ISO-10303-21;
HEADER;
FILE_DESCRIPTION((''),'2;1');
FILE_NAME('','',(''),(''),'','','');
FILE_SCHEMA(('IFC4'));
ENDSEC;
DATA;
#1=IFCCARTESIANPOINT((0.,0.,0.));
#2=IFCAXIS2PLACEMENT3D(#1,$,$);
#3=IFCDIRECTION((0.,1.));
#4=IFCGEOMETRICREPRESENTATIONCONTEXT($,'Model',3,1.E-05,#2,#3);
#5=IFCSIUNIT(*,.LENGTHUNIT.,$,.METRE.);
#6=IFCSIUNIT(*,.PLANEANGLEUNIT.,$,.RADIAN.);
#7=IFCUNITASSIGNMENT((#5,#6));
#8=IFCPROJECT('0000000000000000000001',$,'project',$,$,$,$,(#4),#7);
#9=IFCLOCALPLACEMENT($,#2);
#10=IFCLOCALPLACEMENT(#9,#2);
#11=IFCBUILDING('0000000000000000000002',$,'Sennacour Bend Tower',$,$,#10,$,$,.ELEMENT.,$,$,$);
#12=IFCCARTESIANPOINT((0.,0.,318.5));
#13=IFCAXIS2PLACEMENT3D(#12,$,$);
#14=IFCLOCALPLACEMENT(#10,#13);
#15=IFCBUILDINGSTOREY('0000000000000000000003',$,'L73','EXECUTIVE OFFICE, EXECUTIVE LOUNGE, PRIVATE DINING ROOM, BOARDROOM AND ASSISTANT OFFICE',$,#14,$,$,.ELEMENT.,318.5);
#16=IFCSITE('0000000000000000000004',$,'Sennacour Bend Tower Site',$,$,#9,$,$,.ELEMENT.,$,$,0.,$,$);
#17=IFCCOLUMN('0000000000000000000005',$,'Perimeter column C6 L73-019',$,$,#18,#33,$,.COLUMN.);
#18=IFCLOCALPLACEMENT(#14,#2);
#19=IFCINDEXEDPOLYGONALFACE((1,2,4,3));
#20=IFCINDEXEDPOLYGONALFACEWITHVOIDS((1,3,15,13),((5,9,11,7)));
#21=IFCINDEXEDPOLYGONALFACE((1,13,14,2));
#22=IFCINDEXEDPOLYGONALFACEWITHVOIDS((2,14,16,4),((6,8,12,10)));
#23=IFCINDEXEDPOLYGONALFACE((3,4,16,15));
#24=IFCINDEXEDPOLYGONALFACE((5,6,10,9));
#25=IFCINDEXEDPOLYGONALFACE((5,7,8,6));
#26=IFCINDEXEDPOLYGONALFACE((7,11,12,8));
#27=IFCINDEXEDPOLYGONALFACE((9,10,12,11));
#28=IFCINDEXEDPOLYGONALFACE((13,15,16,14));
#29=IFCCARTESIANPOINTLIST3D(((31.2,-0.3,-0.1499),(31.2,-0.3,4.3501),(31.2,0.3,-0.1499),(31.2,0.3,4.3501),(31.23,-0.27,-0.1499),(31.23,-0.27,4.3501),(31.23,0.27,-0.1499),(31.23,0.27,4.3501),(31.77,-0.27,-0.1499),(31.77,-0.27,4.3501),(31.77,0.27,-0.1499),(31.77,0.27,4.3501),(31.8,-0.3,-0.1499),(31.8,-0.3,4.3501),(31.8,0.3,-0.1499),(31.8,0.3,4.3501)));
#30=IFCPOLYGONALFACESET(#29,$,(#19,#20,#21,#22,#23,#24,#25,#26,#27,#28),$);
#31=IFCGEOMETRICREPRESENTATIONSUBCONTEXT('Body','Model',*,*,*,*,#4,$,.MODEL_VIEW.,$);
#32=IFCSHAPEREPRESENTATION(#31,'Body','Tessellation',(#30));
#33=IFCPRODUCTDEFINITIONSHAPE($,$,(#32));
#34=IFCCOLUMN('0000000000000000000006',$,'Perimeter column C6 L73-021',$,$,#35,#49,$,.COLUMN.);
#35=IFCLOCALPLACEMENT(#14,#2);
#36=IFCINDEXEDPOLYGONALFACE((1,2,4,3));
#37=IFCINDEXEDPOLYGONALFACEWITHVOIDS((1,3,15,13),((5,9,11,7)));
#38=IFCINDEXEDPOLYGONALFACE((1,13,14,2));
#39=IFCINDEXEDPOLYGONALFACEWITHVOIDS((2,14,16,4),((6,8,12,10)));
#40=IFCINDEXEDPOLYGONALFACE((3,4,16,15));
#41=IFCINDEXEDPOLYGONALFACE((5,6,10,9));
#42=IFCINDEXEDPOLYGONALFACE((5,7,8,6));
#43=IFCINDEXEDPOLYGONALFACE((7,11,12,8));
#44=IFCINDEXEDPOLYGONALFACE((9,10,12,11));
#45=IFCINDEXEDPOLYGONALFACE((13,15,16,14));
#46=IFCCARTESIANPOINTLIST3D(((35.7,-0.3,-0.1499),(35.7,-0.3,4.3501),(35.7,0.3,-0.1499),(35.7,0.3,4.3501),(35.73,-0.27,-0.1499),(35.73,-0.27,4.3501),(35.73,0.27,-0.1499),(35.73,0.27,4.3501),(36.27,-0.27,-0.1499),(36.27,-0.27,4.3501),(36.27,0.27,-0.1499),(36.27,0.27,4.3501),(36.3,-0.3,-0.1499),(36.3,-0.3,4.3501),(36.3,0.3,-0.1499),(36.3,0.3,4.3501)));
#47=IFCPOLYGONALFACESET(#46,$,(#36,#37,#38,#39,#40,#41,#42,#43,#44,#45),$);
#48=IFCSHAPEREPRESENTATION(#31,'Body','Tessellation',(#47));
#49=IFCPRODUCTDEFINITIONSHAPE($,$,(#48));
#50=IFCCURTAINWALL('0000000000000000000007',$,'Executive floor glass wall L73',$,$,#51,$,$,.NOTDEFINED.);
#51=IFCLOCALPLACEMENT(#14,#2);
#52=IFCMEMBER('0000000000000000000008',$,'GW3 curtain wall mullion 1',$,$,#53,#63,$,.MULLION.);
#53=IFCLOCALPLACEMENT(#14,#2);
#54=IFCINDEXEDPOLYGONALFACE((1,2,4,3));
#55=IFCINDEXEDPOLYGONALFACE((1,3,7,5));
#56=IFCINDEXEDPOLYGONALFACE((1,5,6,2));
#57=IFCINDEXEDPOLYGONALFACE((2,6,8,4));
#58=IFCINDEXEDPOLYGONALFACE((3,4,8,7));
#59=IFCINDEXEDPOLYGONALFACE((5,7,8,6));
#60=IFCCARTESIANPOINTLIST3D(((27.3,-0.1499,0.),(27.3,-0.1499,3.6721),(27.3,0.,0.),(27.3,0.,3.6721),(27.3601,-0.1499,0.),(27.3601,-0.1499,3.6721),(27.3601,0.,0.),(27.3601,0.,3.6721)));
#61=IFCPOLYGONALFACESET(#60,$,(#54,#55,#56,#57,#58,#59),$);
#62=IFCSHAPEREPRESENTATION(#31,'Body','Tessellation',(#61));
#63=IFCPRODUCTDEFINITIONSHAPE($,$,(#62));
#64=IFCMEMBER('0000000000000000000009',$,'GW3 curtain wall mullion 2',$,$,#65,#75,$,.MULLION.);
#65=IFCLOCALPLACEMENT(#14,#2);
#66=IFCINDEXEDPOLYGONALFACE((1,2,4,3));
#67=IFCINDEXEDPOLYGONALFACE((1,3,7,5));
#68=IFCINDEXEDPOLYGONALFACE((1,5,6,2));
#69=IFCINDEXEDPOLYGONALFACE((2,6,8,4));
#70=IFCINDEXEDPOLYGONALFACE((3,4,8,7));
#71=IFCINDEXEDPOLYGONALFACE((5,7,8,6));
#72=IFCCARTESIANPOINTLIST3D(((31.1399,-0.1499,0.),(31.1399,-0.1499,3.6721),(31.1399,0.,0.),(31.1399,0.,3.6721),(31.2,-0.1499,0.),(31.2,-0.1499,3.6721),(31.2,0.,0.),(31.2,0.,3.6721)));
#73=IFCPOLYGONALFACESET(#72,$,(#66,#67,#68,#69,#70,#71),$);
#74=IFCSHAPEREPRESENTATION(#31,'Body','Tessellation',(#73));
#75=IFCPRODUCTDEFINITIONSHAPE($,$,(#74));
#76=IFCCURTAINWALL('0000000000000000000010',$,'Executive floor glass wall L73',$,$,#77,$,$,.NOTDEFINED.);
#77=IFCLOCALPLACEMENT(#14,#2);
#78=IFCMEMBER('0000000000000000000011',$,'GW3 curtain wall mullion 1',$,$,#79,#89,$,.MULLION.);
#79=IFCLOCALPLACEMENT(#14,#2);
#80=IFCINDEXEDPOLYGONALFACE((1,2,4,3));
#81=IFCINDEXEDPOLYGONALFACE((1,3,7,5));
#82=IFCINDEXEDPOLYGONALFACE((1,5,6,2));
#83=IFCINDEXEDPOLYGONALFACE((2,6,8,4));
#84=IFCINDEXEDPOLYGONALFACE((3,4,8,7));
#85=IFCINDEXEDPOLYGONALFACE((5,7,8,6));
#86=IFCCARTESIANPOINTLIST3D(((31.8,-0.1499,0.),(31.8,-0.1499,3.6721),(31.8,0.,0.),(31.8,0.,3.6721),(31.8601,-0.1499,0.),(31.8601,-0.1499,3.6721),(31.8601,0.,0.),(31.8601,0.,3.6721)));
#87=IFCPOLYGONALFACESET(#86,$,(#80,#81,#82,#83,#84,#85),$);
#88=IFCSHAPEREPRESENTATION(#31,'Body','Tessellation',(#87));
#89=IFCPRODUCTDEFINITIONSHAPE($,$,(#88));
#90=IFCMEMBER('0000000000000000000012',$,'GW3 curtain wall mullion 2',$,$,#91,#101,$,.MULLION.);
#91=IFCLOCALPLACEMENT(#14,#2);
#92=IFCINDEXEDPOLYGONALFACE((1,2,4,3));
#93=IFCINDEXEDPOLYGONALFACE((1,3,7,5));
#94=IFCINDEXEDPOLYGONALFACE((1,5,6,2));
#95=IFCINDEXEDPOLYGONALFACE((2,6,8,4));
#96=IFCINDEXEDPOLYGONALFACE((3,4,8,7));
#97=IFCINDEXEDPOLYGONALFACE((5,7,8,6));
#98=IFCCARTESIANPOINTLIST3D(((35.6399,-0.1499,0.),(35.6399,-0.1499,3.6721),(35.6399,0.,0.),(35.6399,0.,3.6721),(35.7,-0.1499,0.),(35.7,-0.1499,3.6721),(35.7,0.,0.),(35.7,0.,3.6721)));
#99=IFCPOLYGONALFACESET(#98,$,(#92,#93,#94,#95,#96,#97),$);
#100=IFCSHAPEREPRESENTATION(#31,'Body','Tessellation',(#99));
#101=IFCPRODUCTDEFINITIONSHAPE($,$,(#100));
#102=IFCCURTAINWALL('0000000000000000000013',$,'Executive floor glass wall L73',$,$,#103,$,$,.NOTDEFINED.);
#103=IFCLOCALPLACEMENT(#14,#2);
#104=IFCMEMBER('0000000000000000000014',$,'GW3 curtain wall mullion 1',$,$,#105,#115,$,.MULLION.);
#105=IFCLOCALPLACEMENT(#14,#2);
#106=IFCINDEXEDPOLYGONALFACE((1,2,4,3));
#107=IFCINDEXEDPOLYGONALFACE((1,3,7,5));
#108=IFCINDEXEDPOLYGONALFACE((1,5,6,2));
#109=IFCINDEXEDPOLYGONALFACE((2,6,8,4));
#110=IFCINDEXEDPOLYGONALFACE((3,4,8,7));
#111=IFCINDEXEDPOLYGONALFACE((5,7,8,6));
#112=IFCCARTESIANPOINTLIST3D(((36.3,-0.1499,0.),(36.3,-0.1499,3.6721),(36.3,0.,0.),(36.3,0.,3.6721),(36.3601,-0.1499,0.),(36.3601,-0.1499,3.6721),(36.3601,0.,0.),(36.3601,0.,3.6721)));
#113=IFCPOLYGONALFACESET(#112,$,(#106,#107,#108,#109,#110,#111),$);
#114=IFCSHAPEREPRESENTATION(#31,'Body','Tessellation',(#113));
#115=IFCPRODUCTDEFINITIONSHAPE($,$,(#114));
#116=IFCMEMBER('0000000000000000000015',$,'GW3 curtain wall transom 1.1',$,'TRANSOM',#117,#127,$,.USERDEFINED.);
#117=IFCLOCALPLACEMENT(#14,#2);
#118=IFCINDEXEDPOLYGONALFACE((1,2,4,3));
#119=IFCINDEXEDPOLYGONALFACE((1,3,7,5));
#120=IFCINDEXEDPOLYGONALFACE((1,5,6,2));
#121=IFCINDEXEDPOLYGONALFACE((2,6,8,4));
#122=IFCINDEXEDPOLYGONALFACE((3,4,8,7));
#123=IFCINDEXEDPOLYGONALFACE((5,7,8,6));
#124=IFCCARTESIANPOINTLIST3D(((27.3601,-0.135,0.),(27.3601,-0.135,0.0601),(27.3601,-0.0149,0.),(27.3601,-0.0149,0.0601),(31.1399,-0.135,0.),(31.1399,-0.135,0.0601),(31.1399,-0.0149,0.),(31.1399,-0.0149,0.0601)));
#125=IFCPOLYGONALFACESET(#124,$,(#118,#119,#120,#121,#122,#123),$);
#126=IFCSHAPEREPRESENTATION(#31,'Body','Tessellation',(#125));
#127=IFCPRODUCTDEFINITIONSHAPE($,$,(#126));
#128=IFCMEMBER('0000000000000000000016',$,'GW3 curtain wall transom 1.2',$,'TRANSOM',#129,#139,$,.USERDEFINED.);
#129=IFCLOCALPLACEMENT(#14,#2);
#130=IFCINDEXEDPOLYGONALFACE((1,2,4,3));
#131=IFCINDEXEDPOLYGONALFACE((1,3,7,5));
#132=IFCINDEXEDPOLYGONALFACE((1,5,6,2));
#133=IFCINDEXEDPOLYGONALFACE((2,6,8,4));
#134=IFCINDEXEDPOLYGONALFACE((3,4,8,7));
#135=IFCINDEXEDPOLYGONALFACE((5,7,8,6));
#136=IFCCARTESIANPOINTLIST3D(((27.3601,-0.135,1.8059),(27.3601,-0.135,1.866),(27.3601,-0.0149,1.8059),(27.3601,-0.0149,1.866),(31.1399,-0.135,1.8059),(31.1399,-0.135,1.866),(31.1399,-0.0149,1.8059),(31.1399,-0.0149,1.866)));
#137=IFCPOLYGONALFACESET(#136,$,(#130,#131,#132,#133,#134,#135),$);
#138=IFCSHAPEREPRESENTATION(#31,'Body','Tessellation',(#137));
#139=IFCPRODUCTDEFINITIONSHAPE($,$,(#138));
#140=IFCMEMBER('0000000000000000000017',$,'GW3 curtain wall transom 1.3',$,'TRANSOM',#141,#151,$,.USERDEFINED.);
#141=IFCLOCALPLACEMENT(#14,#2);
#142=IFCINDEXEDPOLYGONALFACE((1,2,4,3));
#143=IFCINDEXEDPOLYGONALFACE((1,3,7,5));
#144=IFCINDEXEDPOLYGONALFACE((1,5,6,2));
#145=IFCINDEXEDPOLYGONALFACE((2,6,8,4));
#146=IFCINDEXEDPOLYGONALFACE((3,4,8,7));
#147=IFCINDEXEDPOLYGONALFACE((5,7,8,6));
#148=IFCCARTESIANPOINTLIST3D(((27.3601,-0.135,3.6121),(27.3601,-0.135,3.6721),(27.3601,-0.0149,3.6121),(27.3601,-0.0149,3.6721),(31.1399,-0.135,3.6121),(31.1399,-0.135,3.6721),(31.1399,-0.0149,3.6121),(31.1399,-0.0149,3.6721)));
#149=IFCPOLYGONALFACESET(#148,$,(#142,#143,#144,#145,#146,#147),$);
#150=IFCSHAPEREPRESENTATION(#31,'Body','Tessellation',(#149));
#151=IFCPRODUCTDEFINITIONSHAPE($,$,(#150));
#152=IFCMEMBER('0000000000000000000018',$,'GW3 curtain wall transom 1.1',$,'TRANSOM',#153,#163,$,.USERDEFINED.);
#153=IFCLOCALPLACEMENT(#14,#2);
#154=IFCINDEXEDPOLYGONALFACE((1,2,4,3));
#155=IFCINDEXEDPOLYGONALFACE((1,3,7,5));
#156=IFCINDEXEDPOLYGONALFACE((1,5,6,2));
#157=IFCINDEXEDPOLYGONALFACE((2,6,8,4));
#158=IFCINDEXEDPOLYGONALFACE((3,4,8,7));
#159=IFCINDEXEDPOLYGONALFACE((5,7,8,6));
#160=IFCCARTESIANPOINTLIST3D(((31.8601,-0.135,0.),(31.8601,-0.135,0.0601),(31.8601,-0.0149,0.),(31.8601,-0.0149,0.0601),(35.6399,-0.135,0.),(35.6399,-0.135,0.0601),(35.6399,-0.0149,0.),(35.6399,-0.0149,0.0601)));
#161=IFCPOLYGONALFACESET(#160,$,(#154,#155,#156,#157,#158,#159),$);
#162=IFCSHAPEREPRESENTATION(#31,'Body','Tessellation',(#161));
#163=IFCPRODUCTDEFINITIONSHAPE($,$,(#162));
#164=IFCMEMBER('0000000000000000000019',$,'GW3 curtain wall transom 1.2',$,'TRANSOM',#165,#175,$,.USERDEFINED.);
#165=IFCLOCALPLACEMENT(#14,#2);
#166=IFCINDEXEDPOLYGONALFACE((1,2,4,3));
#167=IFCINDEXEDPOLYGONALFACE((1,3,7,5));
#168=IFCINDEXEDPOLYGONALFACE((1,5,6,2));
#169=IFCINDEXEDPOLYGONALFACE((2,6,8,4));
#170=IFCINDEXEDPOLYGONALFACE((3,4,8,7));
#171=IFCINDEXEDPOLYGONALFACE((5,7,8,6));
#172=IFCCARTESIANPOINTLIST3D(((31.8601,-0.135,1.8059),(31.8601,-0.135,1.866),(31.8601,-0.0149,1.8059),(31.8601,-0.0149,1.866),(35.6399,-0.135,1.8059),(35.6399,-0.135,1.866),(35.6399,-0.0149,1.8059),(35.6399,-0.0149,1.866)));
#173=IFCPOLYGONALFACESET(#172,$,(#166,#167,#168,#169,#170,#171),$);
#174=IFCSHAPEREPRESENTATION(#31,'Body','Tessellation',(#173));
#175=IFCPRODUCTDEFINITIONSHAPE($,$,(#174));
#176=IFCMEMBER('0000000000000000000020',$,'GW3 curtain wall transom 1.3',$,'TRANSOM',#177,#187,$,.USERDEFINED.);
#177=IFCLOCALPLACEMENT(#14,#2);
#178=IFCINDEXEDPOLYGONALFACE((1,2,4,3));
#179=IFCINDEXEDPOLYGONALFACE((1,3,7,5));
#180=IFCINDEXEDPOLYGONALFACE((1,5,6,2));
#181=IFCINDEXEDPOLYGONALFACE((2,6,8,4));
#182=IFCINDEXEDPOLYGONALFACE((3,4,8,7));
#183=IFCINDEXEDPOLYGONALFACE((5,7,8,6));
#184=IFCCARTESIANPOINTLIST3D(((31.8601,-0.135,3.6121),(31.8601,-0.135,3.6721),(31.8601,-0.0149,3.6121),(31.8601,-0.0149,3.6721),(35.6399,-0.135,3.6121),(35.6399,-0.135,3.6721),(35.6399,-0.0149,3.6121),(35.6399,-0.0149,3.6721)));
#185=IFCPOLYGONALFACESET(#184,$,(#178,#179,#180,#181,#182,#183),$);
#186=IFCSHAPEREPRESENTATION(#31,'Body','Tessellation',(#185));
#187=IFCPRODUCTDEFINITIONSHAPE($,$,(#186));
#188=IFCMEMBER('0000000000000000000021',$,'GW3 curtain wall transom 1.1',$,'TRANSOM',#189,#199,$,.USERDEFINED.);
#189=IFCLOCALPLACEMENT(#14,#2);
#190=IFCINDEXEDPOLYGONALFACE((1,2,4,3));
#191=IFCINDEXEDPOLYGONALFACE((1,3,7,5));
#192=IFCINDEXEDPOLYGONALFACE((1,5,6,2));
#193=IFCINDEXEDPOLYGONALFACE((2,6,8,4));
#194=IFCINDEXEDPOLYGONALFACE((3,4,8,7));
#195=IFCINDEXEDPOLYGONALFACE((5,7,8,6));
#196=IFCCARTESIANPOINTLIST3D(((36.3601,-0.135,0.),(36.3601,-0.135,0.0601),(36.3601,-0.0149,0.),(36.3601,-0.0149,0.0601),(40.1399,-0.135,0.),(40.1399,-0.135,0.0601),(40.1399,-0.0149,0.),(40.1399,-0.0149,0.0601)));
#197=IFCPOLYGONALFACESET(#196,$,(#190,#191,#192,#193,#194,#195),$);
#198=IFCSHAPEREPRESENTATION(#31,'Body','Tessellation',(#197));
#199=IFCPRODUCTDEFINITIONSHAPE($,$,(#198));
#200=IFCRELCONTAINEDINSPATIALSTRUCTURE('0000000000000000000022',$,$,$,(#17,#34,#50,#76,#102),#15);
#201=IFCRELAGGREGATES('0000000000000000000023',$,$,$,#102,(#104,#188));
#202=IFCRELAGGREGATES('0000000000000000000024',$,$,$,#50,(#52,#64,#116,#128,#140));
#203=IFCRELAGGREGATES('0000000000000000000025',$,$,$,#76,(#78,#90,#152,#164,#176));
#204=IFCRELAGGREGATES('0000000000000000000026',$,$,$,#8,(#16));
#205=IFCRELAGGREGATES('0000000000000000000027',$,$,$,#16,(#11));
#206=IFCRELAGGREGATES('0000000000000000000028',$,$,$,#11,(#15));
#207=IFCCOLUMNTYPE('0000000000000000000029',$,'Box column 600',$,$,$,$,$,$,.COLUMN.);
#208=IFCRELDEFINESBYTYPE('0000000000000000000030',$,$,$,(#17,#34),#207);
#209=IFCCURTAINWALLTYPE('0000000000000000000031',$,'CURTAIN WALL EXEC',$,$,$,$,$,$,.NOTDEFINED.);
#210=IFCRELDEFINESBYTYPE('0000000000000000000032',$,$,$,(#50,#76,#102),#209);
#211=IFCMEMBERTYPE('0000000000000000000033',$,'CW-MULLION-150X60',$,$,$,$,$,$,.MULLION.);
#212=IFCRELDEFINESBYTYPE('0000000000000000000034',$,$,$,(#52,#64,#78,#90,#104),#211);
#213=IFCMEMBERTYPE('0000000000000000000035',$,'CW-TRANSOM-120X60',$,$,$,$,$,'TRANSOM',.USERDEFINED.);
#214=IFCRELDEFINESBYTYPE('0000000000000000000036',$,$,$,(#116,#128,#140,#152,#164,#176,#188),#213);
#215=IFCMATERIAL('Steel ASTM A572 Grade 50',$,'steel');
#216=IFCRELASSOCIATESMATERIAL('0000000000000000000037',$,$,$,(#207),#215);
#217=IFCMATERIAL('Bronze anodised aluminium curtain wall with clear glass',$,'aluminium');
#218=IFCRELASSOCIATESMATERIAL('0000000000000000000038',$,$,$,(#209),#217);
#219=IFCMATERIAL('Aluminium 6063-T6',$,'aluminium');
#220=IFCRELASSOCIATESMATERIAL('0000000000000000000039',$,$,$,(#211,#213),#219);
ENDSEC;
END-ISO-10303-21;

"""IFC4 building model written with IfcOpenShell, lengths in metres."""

from ifc_helpers import new_model, si_unit, direction, frame, origin, origin_2d, place, context, subcontext, project, spatial, rectangle, hollow_rectangle, extrude, material, material_profile, profile_set, type_object, element, aggregate, save


model = new_model("IFC4")

# Units and contexts
model_context = context("Model", 3, precision=1e-05, world=origin(), true_north=direction((0.0, 1.0)))
body_context = subcontext(model_context, "Body", "Model", "MODEL_VIEW")
ifc_project = project(units=[si_unit("LENGTHUNIT", "METRE"), si_unit("PLANEANGLEUNIT", "RADIAN")], contexts=[model_context])

# Site, building, storey
site_placement = place(None, origin())
site = spatial("IfcSite", under=ifc_project, at=site_placement, Name="Sennacour Bend Tower Site", CompositionType="ELEMENT", RefElevation=0.0)
building_placement = place(site_placement, origin())
building = spatial("IfcBuilding", under=site, at=building_placement, Name="Sennacour Bend Tower", CompositionType="ELEMENT")
storey_placement = place(building_placement, frame((0.0, 0.0, 318.5)))
storey = spatial("IfcBuildingStorey", under=building, at=storey_placement, Name="L73", Description="EXECUTIVE OFFICE, EXECUTIVE LOUNGE, PRIVATE DINING ROOM, BOARDROOM AND ASSISTANT OFFICE", CompositionType="ELEMENT", Elevation=318.5)

# Columns
ifc_material_1 = material(Name="Steel ASTM A572 Grade 50", Category="steel")
ifc_material_profile_1 = material_profile(ifc_material_1, hollow_rectangle(XDim=0.6001, YDim=0.6001, WallThickness=0.03, at=origin_2d()), Name="Steel ASTM A572 Grade 50", Category="steel")
ifc_profile_set_1 = profile_set([ifc_material_profile_1], Name="Steel ASTM A572 Grade 50")
column_type = type_object("IfcColumnType", Name="Box column 600", PredefinedType="COLUMN", material=ifc_profile_set_1)
for number, where, z_axis, x_axis, name in (
    (1, (31.5, 0.0, -0.1499), (0.0, 0.0, 1.0), (1.0, 0.0, 0.0), "Perimeter column C6 L73-019"),
    (2, (36.0, 0.0, -0.1499), (0.0, 0.0, 1.0), (1.0, 0.0, 0.0), "Perimeter column C6 L73-021"),
):
    element("IfcColumn", number, at=place(storey_placement, frame(where, z_axis=z_axis, x_axis=x_axis)), inside=storey, type_object=column_type, Name=name, PredefinedType="COLUMN", context=body_context, shape_type="SweptSolid", body=[
        extrude(hollow_rectangle(XDim=0.6001, YDim=0.6001, WallThickness=0.03, at=origin_2d()), origin(), (0.0, 0.0, 1.0), 4.5),
    ])

# Curtain walls, members
ifc_material_2 = material(Name="Bronze anodised aluminium curtain wall with clear glass", Category="aluminium")
curtain_wall_type = type_object("IfcCurtainWallType", Name="CURTAIN WALL EXEC", PredefinedType="NOTDEFINED", material=ifc_material_2)
curtain_wall_1_placement = place(storey_placement, origin())
curtain_wall_1 = element("IfcCurtainWall", 3, at=curtain_wall_1_placement, inside=storey, type_object=curtain_wall_type, Name="Executive floor glass wall L73", PredefinedType="NOTDEFINED")
ifc_material_3 = material(Name="Aluminium 6063-T6", Category="aluminium")
ifc_material_profile_2 = material_profile(ifc_material_3, rectangle(XDim=0.1499, YDim=0.0601, at=origin_2d()), Name="Aluminium 6063-T6", Category="aluminium")
ifc_profile_set_2 = profile_set([ifc_material_profile_2], Name="Aluminium 6063-T6")
member_type_1 = type_object("IfcMemberType", Name="CW-MULLION-150X60", PredefinedType="MULLION", material=ifc_profile_set_2)
member_1_placement = place(storey_placement, frame((27.3301, -0.075, 0.0), z_axis=(0.0, 0.0, 1.0), x_axis=(0.0, 1.0, 0.0)))
member_1 = element("IfcMember", 4, at=member_1_placement, type_object=member_type_1, Name="GW3 curtain wall mullion 1", PredefinedType="MULLION", context=body_context, shape_type="SweptSolid", body=[
    extrude(rectangle(XDim=0.1499, YDim=0.0601, at=origin_2d()), origin(), (0.0, 0.0, 1.0), 3.6721),
])
member_2_placement = place(storey_placement, frame((31.1699, -0.075, 0.0), z_axis=(0.0, 0.0, 1.0), x_axis=(0.0, 1.0, 0.0)))
member_2 = element("IfcMember", 5, at=member_2_placement, type_object=member_type_1, Name="GW3 curtain wall mullion 2", PredefinedType="MULLION", context=body_context, shape_type="SweptSolid", body=[
    extrude(rectangle(XDim=0.1499, YDim=0.0601, at=origin_2d()), origin(), (0.0, 0.0, 1.0), 3.6721),
])
curtain_wall_2_placement = place(storey_placement, origin())
curtain_wall_2 = element("IfcCurtainWall", 6, at=curtain_wall_2_placement, inside=storey, type_object=curtain_wall_type, Name="Executive floor glass wall L73", PredefinedType="NOTDEFINED")
member_3_placement = place(storey_placement, frame((31.8301, -0.075, 0.0), z_axis=(0.0, 0.0, 1.0), x_axis=(0.0, 1.0, 0.0)))
member_3 = element("IfcMember", 7, at=member_3_placement, type_object=member_type_1, Name="GW3 curtain wall mullion 1", PredefinedType="MULLION", context=body_context, shape_type="SweptSolid", body=[
    extrude(rectangle(XDim=0.1499, YDim=0.0601, at=origin_2d()), origin(), (0.0, 0.0, 1.0), 3.6721),
])
member_4_placement = place(storey_placement, frame((35.6699, -0.075, 0.0), z_axis=(0.0, 0.0, 1.0), x_axis=(0.0, 1.0, 0.0)))
member_4 = element("IfcMember", 8, at=member_4_placement, type_object=member_type_1, Name="GW3 curtain wall mullion 2", PredefinedType="MULLION", context=body_context, shape_type="SweptSolid", body=[
    extrude(rectangle(XDim=0.1499, YDim=0.0601, at=origin_2d()), origin(), (0.0, 0.0, 1.0), 3.6721),
])

# Curtain wall, member
curtain_wall_3_placement = place(storey_placement, origin())
curtain_wall_3 = element("IfcCurtainWall", 9, at=curtain_wall_3_placement, inside=storey, type_object=curtain_wall_type, Name="Executive floor glass wall L73", PredefinedType="NOTDEFINED")
member_5_placement = place(storey_placement, frame((36.3301, -0.075, 0.0), z_axis=(0.0, 0.0, 1.0), x_axis=(0.0, 1.0, 0.0)))
member_5 = element("IfcMember", 10, at=member_5_placement, type_object=member_type_1, Name="GW3 curtain wall mullion 1", PredefinedType="MULLION", context=body_context, shape_type="SweptSolid", body=[
    extrude(rectangle(XDim=0.1499, YDim=0.0601, at=origin_2d()), origin(), (0.0, 0.0, 1.0), 3.6721),
])

# Members
ifc_material_profile_3 = material_profile(ifc_material_3, rectangle(XDim=0.1201, YDim=0.0601, at=origin_2d()), Name="Aluminium 6063-T6", Category="aluminium")
ifc_profile_set_3 = profile_set([ifc_material_profile_3], Name="Aluminium 6063-T6")
member_type_2 = type_object("IfcMemberType", Name="CW-TRANSOM-120X60", ElementType="TRANSOM", PredefinedType="USERDEFINED", material=ifc_profile_set_3)
member_6_placement = place(storey_placement, frame((27.3601, -0.075, 0.03), z_axis=(1.0, 0.0, 0.0), x_axis=(0.0, 1.0, 0.0)))
member_6 = element("IfcMember", 11, at=member_6_placement, type_object=member_type_2, Name="GW3 curtain wall transom 1.1", ObjectType="TRANSOM", PredefinedType="USERDEFINED", context=body_context, shape_type="SweptSolid", body=[
    extrude(rectangle(XDim=0.1201, YDim=0.0601, at=origin_2d()), origin(), (0.0, 0.0, 1.0), 3.7798),
])
member_7_placement = place(storey_placement, frame((27.3601, -0.075, 1.8359), z_axis=(1.0, 0.0, 0.0), x_axis=(0.0, 1.0, 0.0)))
member_7 = element("IfcMember", 12, at=member_7_placement, type_object=member_type_2, Name="GW3 curtain wall transom 1.2", ObjectType="TRANSOM", PredefinedType="USERDEFINED", context=body_context, shape_type="SweptSolid", body=[
    extrude(rectangle(XDim=0.1201, YDim=0.0601, at=origin_2d()), origin(), (0.0, 0.0, 1.0), 3.7798),
])
member_8_placement = place(storey_placement, frame((27.3601, -0.075, 3.6421), z_axis=(1.0, 0.0, 0.0), x_axis=(0.0, 1.0, 0.0)))
member_8 = element("IfcMember", 13, at=member_8_placement, type_object=member_type_2, Name="GW3 curtain wall transom 1.3", ObjectType="TRANSOM", PredefinedType="USERDEFINED", context=body_context, shape_type="SweptSolid", body=[
    extrude(rectangle(XDim=0.1201, YDim=0.0601, at=origin_2d()), origin(), (0.0, 0.0, 1.0), 3.7798),
])
member_9_placement = place(storey_placement, frame((31.8601, -0.075, 0.03), z_axis=(1.0, 0.0, 0.0), x_axis=(0.0, 1.0, 0.0)))
member_9 = element("IfcMember", 14, at=member_9_placement, type_object=member_type_2, Name="GW3 curtain wall transom 1.1", ObjectType="TRANSOM", PredefinedType="USERDEFINED", context=body_context, shape_type="SweptSolid", body=[
    extrude(rectangle(XDim=0.1201, YDim=0.0601, at=origin_2d()), origin(), (0.0, 0.0, 1.0), 3.7798),
])
member_10_placement = place(storey_placement, frame((31.8601, -0.075, 1.8359), z_axis=(1.0, 0.0, 0.0), x_axis=(0.0, 1.0, 0.0)))
member_10 = element("IfcMember", 15, at=member_10_placement, type_object=member_type_2, Name="GW3 curtain wall transom 1.2", ObjectType="TRANSOM", PredefinedType="USERDEFINED", context=body_context, shape_type="SweptSolid", body=[
    extrude(rectangle(XDim=0.1201, YDim=0.0601, at=origin_2d()), origin(), (0.0, 0.0, 1.0), 3.7798),
])
member_11_placement = place(storey_placement, frame((31.8601, -0.075, 3.6421), z_axis=(1.0, 0.0, 0.0), x_axis=(0.0, 1.0, 0.0)))
member_11 = element("IfcMember", 16, at=member_11_placement, type_object=member_type_2, Name="GW3 curtain wall transom 1.3", ObjectType="TRANSOM", PredefinedType="USERDEFINED", context=body_context, shape_type="SweptSolid", body=[
    extrude(rectangle(XDim=0.1201, YDim=0.0601, at=origin_2d()), origin(), (0.0, 0.0, 1.0), 3.7798),
])
member_12_placement = place(storey_placement, frame((36.3601, -0.075, 0.03), z_axis=(1.0, 0.0, 0.0), x_axis=(0.0, 1.0, 0.0)))
member_12 = element("IfcMember", 17, at=member_12_placement, type_object=member_type_2, Name="GW3 curtain wall transom 1.1", ObjectType="TRANSOM", PredefinedType="USERDEFINED", context=body_context, shape_type="SweptSolid", body=[
    extrude(rectangle(XDim=0.1201, YDim=0.0601, at=origin_2d()), origin(), (0.0, 0.0, 1.0), 3.7798),
])
aggregate(curtain_wall_3, [member_5, member_12])

aggregate(curtain_wall_1, [member_1, member_2, member_6, member_7, member_8])
aggregate(curtain_wall_2, [member_3, member_4, member_9, member_10, member_11])

save(model, "model.ifc")
